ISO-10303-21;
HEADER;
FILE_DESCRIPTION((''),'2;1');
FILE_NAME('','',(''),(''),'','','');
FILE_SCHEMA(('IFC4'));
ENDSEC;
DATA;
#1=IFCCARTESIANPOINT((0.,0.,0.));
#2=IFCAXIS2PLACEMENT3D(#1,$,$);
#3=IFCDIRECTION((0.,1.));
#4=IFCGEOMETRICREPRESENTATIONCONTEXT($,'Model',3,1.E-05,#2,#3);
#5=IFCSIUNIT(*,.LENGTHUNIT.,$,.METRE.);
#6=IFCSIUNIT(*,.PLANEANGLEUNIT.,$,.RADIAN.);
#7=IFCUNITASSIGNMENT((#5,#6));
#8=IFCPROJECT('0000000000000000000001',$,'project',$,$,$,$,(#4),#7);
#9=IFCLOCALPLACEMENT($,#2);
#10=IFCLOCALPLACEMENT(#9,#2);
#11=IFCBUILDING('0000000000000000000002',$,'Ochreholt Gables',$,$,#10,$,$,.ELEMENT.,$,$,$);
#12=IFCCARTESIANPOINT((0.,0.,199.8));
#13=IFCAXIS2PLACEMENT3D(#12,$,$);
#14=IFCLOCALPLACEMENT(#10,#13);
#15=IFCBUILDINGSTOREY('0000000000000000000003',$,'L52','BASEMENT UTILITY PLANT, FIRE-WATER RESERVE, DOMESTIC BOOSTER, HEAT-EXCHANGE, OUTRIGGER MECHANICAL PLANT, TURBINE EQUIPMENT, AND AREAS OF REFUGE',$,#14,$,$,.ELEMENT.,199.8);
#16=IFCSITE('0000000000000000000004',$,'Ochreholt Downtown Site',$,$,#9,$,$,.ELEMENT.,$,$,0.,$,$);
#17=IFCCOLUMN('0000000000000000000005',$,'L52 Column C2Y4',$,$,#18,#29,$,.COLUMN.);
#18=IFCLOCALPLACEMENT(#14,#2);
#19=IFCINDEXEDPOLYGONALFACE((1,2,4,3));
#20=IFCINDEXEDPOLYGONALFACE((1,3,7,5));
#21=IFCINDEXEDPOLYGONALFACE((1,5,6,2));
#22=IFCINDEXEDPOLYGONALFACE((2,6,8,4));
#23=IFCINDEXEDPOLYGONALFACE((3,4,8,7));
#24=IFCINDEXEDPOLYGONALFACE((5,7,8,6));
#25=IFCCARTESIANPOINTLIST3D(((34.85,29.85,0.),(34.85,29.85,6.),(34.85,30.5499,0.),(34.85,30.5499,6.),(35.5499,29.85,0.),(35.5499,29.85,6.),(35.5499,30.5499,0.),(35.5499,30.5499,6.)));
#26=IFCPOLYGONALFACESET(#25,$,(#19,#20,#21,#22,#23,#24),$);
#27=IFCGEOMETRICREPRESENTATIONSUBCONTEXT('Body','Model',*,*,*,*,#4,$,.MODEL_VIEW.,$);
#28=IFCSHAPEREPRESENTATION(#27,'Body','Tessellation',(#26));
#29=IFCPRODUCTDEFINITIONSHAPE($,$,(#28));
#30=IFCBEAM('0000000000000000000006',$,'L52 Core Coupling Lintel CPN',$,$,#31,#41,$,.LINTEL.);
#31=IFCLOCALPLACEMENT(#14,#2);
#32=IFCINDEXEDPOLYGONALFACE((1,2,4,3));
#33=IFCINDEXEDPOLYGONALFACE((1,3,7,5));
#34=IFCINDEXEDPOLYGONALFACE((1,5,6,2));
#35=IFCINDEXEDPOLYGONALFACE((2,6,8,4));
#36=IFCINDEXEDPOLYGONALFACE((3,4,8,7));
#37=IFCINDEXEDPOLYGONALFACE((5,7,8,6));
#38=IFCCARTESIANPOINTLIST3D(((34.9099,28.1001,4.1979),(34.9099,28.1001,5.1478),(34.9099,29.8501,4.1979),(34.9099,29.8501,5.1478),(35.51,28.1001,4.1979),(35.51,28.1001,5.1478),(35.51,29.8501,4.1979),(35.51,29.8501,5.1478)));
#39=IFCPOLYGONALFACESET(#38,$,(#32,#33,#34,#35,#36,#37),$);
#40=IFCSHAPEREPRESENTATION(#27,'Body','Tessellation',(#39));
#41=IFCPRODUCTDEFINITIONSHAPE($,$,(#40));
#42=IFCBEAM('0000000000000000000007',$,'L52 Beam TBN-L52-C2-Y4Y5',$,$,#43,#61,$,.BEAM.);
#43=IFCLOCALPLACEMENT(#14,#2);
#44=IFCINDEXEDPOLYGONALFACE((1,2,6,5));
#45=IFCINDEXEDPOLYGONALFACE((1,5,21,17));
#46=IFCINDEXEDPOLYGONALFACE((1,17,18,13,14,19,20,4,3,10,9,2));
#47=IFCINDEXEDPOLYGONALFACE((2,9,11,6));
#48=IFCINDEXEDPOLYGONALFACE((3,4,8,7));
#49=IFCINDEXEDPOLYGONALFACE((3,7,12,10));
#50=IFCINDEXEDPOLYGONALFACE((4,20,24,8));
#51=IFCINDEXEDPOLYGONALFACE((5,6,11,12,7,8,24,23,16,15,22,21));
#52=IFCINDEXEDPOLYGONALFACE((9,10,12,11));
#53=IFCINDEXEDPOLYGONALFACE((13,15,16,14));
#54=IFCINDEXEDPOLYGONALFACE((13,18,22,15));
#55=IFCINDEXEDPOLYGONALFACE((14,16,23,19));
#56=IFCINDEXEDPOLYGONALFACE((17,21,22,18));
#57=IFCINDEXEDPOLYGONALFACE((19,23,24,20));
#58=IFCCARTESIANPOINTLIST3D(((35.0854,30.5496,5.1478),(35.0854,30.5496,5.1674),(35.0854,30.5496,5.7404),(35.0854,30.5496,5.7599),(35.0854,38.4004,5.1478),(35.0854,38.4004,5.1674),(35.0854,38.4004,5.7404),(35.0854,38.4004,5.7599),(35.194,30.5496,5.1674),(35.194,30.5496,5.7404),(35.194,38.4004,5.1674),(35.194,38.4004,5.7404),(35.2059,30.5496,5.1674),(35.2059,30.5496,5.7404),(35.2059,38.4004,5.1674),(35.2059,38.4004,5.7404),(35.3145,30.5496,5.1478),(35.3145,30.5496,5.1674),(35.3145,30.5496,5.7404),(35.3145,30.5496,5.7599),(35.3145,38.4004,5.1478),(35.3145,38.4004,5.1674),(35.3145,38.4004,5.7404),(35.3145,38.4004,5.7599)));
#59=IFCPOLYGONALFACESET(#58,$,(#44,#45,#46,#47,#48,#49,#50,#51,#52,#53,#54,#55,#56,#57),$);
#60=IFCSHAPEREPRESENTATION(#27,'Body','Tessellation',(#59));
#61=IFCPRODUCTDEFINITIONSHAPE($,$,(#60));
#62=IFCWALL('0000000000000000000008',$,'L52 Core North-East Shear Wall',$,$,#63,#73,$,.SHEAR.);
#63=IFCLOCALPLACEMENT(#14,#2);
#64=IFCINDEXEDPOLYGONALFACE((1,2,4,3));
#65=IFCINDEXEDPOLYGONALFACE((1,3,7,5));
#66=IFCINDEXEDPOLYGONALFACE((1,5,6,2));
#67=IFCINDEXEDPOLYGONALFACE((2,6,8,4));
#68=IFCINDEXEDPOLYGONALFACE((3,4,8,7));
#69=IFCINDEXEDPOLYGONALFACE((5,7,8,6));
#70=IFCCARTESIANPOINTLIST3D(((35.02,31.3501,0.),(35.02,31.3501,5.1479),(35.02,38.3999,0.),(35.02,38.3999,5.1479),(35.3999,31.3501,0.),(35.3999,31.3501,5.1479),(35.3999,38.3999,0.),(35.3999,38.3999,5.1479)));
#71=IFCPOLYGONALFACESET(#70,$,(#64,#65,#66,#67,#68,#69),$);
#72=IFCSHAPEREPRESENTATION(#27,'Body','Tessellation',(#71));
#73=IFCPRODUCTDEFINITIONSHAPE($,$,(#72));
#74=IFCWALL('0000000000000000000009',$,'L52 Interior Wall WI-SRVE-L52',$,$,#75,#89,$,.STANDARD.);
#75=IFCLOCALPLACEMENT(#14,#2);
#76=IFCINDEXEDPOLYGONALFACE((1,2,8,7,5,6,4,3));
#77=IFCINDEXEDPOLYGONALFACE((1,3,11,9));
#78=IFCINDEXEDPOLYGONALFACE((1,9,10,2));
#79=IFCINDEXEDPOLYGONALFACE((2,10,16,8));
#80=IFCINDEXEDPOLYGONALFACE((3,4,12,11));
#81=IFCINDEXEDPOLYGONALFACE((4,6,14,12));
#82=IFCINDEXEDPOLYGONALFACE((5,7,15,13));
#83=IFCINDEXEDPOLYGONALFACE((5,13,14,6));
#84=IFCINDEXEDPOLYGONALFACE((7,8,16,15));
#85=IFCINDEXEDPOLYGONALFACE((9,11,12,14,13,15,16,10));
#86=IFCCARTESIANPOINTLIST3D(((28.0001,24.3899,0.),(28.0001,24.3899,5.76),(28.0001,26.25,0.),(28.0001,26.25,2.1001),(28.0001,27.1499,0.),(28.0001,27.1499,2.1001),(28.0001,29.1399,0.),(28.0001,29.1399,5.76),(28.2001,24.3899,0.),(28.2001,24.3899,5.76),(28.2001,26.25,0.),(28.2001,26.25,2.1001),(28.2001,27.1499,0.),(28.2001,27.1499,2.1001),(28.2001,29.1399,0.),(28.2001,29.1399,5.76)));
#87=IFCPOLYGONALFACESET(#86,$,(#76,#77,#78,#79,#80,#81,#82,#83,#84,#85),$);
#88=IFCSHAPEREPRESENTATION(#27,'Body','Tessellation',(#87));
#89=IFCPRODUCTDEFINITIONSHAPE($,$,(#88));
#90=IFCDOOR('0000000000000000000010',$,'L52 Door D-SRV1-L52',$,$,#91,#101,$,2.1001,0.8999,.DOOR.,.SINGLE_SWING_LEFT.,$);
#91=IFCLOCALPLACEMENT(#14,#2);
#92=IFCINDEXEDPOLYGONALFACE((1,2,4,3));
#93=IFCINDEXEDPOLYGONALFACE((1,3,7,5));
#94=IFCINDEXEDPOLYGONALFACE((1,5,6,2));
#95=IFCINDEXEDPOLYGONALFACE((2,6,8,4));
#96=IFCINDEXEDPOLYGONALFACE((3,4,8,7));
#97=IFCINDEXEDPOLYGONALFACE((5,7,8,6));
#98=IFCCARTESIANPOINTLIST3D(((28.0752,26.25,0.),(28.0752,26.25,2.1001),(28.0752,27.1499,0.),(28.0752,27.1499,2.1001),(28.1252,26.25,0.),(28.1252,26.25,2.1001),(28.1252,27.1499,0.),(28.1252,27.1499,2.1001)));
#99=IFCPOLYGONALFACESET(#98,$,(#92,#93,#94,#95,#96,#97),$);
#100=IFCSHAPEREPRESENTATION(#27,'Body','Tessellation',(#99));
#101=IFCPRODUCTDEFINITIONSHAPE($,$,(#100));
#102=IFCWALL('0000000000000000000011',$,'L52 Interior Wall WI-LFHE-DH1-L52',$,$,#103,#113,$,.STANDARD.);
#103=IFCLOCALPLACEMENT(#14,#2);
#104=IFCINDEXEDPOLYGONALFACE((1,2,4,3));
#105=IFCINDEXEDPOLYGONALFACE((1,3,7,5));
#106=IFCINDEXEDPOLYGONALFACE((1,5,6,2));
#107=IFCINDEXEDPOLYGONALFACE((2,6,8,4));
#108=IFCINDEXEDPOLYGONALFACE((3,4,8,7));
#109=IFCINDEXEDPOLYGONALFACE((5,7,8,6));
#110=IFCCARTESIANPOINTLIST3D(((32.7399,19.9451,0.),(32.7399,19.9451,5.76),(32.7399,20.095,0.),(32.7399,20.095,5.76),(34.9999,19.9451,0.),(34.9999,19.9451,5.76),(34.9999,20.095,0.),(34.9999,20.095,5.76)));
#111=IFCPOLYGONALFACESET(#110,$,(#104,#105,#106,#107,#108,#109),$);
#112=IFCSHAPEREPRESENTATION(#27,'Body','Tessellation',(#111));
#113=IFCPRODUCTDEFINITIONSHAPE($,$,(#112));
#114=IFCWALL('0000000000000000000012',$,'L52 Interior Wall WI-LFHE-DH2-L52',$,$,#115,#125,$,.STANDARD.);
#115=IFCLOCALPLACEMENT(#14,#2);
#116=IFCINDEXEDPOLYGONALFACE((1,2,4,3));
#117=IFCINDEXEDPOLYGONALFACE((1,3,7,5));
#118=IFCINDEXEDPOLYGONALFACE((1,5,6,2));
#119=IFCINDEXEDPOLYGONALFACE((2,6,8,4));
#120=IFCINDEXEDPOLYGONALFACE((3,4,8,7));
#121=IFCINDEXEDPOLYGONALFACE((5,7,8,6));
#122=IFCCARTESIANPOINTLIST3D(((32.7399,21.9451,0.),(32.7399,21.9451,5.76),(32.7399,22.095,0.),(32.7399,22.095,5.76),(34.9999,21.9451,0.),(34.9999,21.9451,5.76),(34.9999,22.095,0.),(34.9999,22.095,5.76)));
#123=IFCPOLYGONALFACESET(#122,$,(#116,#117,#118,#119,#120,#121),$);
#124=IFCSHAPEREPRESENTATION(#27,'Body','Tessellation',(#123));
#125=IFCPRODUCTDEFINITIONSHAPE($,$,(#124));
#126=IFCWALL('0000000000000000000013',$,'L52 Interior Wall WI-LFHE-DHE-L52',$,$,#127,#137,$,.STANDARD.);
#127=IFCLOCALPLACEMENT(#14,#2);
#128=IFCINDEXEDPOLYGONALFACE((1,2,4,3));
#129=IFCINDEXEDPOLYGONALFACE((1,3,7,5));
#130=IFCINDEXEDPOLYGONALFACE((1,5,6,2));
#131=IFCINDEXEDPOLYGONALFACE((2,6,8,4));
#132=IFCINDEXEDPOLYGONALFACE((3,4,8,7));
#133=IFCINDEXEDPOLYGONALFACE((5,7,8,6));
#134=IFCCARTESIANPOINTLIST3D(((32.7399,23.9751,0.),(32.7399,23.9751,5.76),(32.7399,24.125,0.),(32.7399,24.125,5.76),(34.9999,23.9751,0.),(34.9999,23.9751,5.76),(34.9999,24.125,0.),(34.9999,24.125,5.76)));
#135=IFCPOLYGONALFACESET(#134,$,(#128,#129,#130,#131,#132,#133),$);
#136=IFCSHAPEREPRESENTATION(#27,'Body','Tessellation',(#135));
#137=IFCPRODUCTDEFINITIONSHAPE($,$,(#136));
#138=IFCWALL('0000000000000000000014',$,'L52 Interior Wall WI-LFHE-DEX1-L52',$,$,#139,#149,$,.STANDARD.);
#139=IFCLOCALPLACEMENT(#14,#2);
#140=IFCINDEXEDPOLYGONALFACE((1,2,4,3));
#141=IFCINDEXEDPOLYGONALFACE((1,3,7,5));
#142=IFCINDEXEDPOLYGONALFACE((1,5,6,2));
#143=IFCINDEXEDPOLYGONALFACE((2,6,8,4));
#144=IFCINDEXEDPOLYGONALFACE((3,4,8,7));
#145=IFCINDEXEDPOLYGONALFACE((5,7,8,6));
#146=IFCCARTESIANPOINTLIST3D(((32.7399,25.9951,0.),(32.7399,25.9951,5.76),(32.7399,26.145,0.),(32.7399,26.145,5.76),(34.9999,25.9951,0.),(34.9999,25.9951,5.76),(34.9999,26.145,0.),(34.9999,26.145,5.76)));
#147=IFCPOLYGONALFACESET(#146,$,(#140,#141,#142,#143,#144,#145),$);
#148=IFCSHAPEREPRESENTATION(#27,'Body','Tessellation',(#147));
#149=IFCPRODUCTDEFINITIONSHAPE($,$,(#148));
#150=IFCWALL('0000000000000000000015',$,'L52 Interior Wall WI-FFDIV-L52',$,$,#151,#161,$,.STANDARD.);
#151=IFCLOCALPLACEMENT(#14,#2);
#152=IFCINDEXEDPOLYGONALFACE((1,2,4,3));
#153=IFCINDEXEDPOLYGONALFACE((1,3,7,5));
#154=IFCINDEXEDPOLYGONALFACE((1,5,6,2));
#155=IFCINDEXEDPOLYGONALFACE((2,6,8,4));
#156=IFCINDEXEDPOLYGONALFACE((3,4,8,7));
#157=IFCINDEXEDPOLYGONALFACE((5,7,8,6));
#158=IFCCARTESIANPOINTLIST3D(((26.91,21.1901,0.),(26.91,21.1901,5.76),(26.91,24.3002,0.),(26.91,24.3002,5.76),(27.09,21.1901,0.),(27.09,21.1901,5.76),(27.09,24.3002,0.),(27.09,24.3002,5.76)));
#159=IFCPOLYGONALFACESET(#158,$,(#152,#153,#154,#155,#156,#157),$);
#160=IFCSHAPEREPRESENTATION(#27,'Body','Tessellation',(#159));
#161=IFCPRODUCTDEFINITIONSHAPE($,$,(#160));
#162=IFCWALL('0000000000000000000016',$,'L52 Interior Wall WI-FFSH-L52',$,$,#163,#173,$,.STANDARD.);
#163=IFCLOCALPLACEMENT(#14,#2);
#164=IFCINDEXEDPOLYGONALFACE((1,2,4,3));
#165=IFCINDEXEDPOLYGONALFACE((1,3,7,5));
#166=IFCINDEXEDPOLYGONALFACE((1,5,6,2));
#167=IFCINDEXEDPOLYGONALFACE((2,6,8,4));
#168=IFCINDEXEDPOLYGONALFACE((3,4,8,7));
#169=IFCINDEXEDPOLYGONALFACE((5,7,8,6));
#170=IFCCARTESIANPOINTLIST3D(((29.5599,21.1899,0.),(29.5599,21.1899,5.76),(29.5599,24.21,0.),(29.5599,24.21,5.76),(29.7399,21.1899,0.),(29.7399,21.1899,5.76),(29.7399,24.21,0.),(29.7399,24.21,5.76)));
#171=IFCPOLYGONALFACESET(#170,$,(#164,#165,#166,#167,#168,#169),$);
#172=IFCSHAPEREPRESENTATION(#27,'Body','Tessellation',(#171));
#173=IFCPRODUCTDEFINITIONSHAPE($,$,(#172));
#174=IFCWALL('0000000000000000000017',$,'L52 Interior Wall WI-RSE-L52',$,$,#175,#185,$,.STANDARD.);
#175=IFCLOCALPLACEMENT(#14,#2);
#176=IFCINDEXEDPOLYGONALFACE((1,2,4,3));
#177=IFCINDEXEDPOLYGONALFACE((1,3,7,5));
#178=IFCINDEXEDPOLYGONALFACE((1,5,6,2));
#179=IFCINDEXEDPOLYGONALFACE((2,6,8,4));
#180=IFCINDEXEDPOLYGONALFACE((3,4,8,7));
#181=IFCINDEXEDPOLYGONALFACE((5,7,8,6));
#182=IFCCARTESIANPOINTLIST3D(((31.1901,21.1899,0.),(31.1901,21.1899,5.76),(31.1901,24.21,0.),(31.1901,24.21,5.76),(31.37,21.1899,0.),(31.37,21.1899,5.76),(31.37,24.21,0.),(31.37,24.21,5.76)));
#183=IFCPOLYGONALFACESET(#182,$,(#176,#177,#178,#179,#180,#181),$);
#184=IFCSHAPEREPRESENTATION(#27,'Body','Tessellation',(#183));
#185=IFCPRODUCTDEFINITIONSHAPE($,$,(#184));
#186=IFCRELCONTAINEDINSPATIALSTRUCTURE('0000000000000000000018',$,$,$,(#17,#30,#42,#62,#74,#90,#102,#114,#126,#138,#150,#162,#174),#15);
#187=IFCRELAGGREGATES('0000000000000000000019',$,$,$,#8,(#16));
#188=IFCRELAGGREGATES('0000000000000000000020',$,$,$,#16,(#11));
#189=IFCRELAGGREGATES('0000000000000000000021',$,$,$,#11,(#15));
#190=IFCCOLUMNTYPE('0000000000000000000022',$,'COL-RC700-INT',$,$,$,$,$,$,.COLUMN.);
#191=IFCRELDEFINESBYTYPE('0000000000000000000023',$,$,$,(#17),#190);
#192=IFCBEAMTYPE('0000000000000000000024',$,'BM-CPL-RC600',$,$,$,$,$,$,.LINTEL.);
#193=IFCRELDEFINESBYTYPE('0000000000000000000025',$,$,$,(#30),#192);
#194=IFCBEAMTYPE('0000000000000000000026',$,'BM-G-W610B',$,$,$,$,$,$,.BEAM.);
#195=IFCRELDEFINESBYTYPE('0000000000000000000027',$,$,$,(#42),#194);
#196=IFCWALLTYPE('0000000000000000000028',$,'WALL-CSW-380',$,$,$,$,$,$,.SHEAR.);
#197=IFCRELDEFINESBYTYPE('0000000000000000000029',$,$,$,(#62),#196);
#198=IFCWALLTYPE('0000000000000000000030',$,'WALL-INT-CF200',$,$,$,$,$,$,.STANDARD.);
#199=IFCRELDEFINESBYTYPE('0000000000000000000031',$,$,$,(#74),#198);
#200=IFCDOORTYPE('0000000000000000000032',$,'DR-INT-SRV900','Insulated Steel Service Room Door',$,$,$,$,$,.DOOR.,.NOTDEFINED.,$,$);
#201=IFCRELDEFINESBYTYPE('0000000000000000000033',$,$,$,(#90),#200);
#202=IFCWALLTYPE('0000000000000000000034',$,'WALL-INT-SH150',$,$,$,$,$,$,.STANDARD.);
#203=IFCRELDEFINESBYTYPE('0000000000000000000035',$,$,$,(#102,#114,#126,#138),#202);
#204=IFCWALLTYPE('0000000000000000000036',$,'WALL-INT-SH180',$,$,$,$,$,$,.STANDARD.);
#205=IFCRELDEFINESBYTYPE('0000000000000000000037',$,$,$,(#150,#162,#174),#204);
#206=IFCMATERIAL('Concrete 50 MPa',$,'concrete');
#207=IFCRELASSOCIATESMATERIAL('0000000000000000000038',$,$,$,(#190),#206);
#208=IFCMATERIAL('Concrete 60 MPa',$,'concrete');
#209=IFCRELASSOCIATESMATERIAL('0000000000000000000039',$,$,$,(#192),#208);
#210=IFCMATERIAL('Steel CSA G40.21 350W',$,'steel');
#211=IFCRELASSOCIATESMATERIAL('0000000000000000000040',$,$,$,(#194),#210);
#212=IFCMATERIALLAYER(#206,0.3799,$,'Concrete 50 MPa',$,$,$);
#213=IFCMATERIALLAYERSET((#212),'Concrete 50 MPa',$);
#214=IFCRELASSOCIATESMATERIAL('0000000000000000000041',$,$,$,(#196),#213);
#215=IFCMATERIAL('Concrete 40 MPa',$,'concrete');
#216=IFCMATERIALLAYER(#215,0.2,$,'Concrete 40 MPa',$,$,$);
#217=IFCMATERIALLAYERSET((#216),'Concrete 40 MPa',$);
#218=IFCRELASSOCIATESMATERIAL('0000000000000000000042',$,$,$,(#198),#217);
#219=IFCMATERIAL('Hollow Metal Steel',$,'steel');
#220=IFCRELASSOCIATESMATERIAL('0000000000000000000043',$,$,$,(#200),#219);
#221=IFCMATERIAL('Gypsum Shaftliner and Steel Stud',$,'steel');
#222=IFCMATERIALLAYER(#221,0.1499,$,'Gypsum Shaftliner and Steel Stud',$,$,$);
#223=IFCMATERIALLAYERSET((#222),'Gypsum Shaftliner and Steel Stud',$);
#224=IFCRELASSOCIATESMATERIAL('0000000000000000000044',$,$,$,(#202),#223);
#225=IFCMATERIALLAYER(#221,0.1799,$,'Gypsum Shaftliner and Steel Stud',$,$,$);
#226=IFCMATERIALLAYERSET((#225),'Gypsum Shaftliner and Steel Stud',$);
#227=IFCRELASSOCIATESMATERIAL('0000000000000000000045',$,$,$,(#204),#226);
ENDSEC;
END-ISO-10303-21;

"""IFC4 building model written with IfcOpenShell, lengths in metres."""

from ifc_helpers import new_model, si_unit, direction, frame, frame_2d, origin, origin_2d, place, context, subcontext, project, spatial, rectangle, i_section, extrude, material, layer, layer_set, material_profile, profile_set, type_object, element, fill, save


model = new_model("IFC4")

# Units and contexts
model_context = context("Model", 3, precision=1e-05, world=origin(), true_north=direction((0.0, 1.0)))
body_context = subcontext(model_context, "Body", "Model", "MODEL_VIEW")
ifc_project = project(units=[si_unit("LENGTHUNIT", "METRE"), si_unit("PLANEANGLEUNIT", "RADIAN")], contexts=[model_context])

# Site, building, storey
site_placement = place(None, origin())
site = spatial("IfcSite", under=ifc_project, at=site_placement, Name="Ochreholt Downtown Site", CompositionType="ELEMENT", RefElevation=0.0)
building_placement = place(site_placement, origin())
building = spatial("IfcBuilding", under=site, at=building_placement, Name="Ochreholt Gables", CompositionType="ELEMENT")
storey_placement = place(building_placement, frame((0.0, 0.0, 199.8)))
storey = spatial("IfcBuildingStorey", under=building, at=storey_placement, Name="L52", Description="BASEMENT UTILITY PLANT, FIRE-WATER RESERVE, DOMESTIC BOOSTER, HEAT-EXCHANGE, OUTRIGGER MECHANICAL PLANT, TURBINE EQUIPMENT, AND AREAS OF REFUGE", CompositionType="ELEMENT", Elevation=199.8)

# Column
ifc_material_1 = material(Name="Concrete 50 MPa", Category="concrete")
ifc_material_profile_1 = material_profile(ifc_material_1, rectangle(XDim=0.7, YDim=0.7, at=origin_2d()), Name="RC700X700")
ifc_profile_set_1 = profile_set([ifc_material_profile_1], Name="Concrete 50 MPa")
column_type = type_object("IfcColumnType", Name="COL-RC700-INT", PredefinedType="COLUMN", material=ifc_profile_set_1)
column_placement = place(storey_placement, frame((35.2, 30.2, 0.0), z_axis=(0.0, 0.0, 1.0), x_axis=(1.0, 0.0, 0.0)))
element("IfcColumn", 1, at=column_placement, inside=storey, type_object=column_type, Name="L52 Column C2Y4", PredefinedType="COLUMN", context=body_context, shape_type="SweptSolid", body=[
    extrude(rectangle(XDim=0.7, YDim=0.7, at=origin_2d()), origin(), (0.0, 0.0, 1.0), 6.0),
])

# Beams
ifc_material_2 = material(Name="Concrete 60 MPa", Category="concrete")
ifc_material_profile_2 = material_profile(ifc_material_2, rectangle(XDim=0.6001, YDim=0.95, at=origin_2d()), Name="RCB600X950")
ifc_profile_set_2 = profile_set([ifc_material_profile_2], Name="Concrete 60 MPa")
beam_type_1 = type_object("IfcBeamType", Name="BM-CPL-RC600", PredefinedType="LINTEL", material=ifc_profile_set_2)
beam_1_placement = place(storey_placement, frame((35.21, 28.1001, 4.6729), z_axis=(0.0, 1.0, 0.0), x_axis=(-1.0, 0.0, 0.0)))
element("IfcBeam", 2, at=beam_1_placement, inside=storey, type_object=beam_type_1, Name="L52 Core Coupling Lintel CPN", PredefinedType="LINTEL", context=body_context, shape_type="SweptSolid", body=[
    extrude(rectangle(XDim=0.6001, YDim=0.95, at=origin_2d()), origin(), (0.0, 0.0, 1.0), 1.75),
])
ifc_material_3 = material(Name="Steel CSA G40.21 350W", Category="steel")
ifc_material_profile_3 = material_profile(ifc_material_3, i_section(OverallWidth=0.229, OverallDepth=0.6121, WebThickness=0.012, FlangeThickness=0.0195, at=origin_2d()), Name="W610X125")
ifc_profile_set_3 = profile_set([ifc_material_profile_3], Name="Steel CSA G40.21 350W")
beam_type_2 = type_object("IfcBeamType", Name="BM-G-W610B", PredefinedType="BEAM", material=ifc_profile_set_3)
beam_2_placement = place(storey_placement, frame((35.2, 30.5496, 5.4539), z_axis=(0.0, 1.0, 0.0), x_axis=(-1.0, 0.0, 0.0)))
element("IfcBeam", 3, at=beam_2_placement, inside=storey, type_object=beam_type_2, Name="L52 Beam TBN-L52-C2-Y4Y5", PredefinedType="BEAM", context=body_context, shape_type="SweptSolid", body=[
    extrude(i_section(OverallWidth=0.229, OverallDepth=0.6121, WebThickness=0.012, FlangeThickness=0.0195, at=origin_2d()), origin(), (0.0, 0.0, 1.0), 7.8508),
])

# Wall
ifc_layer_1 = layer(ifc_material_1, 0.3799, Name="Concrete 50 MPa")
ifc_layer_set_1 = layer_set([ifc_layer_1], Name="Concrete 50 MPa")
wall_type_1 = type_object("IfcWallType", Name="WALL-CSW-380", PredefinedType="SHEAR", material=ifc_layer_set_1)
wall_1_placement = place(storey_placement, frame((35.21, 31.3501, 0.0), z_axis=(0.0, 0.0, 1.0), x_axis=(0.0, 1.0, 0.0)))
element("IfcWall", 4, at=wall_1_placement, inside=storey, type_object=wall_type_1, Name="L52 Core North-East Shear Wall", PredefinedType="SHEAR", context=body_context, shape_type="SweptSolid", body=[
    extrude(rectangle(XDim=7.0498, YDim=0.3799, at=frame_2d((3.5249, 0.0))), origin(), (0.0, 0.0, 1.0), 5.1479),
])

# Wall, opening, door
ifc_material_4 = material(Name="Concrete 40 MPa", Category="concrete")
ifc_layer_2 = layer(ifc_material_4, 0.2, Name="Concrete 40 MPa")
ifc_layer_set_2 = layer_set([ifc_layer_2], Name="Concrete 40 MPa")
wall_type_2 = type_object("IfcWallType", Name="WALL-INT-CF200", PredefinedType="STANDARD", material=ifc_layer_set_2)
wall_2_placement = place(storey_placement, frame((28.1001, 24.3899, 0.0), z_axis=(0.0, 0.0, 1.0), x_axis=(0.0, 1.0, 0.0)))
wall_2 = element("IfcWall", 5, at=wall_2_placement, inside=storey, type_object=wall_type_2, Name="L52 Interior Wall WI-SRVE-L52", PredefinedType="STANDARD", context=body_context, shape_type="SweptSolid", body=[
    extrude(rectangle(XDim=4.75, YDim=0.2, at=frame_2d((2.375, 0.0))), origin(), (0.0, 0.0, 1.0), 5.76),
])
opening_1_placement = place(wall_2_placement, frame((1.8601, 0.0, 0.0)))
opening_1 = element("IfcOpeningElement", 6, at=opening_1_placement, cuts=wall_2, PredefinedType="OPENING", context=body_context, shape_type="SweptSolid", body=[
    extrude(rectangle(XDim=0.8999, YDim=2.1001, at=frame_2d((0.45, 1.05))), frame((0.0, 0.1099, 0.0), z_axis=(0.0, -1.0, 0.0), x_axis=(1.0, 0.0, 0.0)), (0.0, 0.0, 1.0), 0.22),
])
ifc_material_5 = material(Name="Hollow Metal Steel", Category="steel")
door_type = type_object("IfcDoorType", Name="DR-INT-SRV900", Description="Insulated Steel Service Room Door", OperationType="NOTDEFINED", PredefinedType="DOOR", material=ifc_material_5)
door_1_placement = place(opening_1_placement, origin())
door_1 = element("IfcDoor", 7, at=door_1_placement, inside=storey, type_object=door_type, Name="L52 Door D-SRV1-L52", OperationType="SINGLE_SWING_LEFT", OverallHeight=2.1001, OverallWidth=0.8999, PredefinedType="DOOR", context=body_context, shape_type="SweptSolid", body=[
    extrude(rectangle(XDim=0.8999, YDim=2.1001, at=frame_2d((0.45, 1.05))), frame((0.0, 0.0249, 0.0), z_axis=(0.0, -1.0, 0.0), x_axis=(1.0, 0.0, 0.0)), (0.0, 0.0, 1.0), 0.05),
])
fill(opening_1, door_1)

# Walls
ifc_material_6 = material(Name="Gypsum Shaftliner and Steel Stud", Category="steel")
ifc_layer_3 = layer(ifc_material_6, 0.1499, Name="Gypsum Shaftliner and Steel Stud")
ifc_layer_set_3 = layer_set([ifc_layer_3], Name="Gypsum Shaftliner and Steel Stud")
wall_type_3 = type_object("IfcWallType", Name="WALL-INT-SH150", PredefinedType="STANDARD", material=ifc_layer_set_3)
for number, where, z_axis, x_axis, name in (
    (8, (32.74, 20.02, 0.0), (0.0, 0.0, 1.0), (1.0, 0.0, 0.0), "L52 Interior Wall WI-LFHE-DH1-L52"),
    (9, (32.74, 22.02, 0.0), (0.0, 0.0, 1.0), (1.0, 0.0, 0.0), "L52 Interior Wall WI-LFHE-DH2-L52"),
    (10, (32.74, 24.05, 0.0), (0.0, 0.0, 1.0), (1.0, 0.0, 0.0), "L52 Interior Wall WI-LFHE-DHE-L52"),
    (11, (32.74, 26.0701, 0.0), (0.0, 0.0, 1.0), (1.0, 0.0, 0.0), "L52 Interior Wall WI-LFHE-DEX1-L52"),
):
    element("IfcWall", number, at=place(storey_placement, frame(where, z_axis=z_axis, x_axis=x_axis)), inside=storey, type_object=wall_type_3, Name=name, PredefinedType="STANDARD", context=body_context, shape_type="SweptSolid", body=[
        extrude(rectangle(XDim=2.26, YDim=0.1499, at=frame_2d((1.1299, 0.0))), origin(), (0.0, 0.0, 1.0), 5.76),
    ])
ifc_layer_4 = layer(ifc_material_6, 0.1799, Name="Gypsum Shaftliner and Steel Stud")
ifc_layer_set_4 = layer_set([ifc_layer_4], Name="Gypsum Shaftliner and Steel Stud")
wall_type_4 = type_object("IfcWallType", Name="WALL-INT-SH180", PredefinedType="STANDARD", material=ifc_layer_set_4)
wall_3_placement = place(storey_placement, frame((27.0, 21.1899, 0.0), z_axis=(0.0, 0.0, 1.0), x_axis=(0.0, 1.0, 0.0)))
element("IfcWall", 12, at=wall_3_placement, inside=storey, type_object=wall_type_4, Name="L52 Interior Wall WI-FFDIV-L52", PredefinedType="STANDARD", context=body_context, shape_type="SweptSolid", body=[
    extrude(rectangle(XDim=3.1101, YDim=0.1799, at=frame_2d((1.5552, 0.0))), origin(), (0.0, 0.0, 1.0), 5.76),
])
for number, where, z_axis, x_axis, name in (
    (13, (29.6499, 21.1899, 0.0), (0.0, 0.0, 1.0), (0.0, 1.0, 0.0), "L52 Interior Wall WI-FFSH-L52"),
    (14, (31.28, 21.1899, 0.0), (0.0, 0.0, 1.0), (0.0, 1.0, 0.0), "L52 Interior Wall WI-RSE-L52"),
):
    element("IfcWall", number, at=place(storey_placement, frame(where, z_axis=z_axis, x_axis=x_axis)), inside=storey, type_object=wall_type_4, Name=name, PredefinedType="STANDARD", context=body_context, shape_type="SweptSolid", body=[
        extrude(rectangle(XDim=3.02, YDim=0.1799, at=frame_2d((1.51, 0.0))), origin(), (0.0, 0.0, 1.0), 5.76),
    ])

save(model, "model.ifc")
